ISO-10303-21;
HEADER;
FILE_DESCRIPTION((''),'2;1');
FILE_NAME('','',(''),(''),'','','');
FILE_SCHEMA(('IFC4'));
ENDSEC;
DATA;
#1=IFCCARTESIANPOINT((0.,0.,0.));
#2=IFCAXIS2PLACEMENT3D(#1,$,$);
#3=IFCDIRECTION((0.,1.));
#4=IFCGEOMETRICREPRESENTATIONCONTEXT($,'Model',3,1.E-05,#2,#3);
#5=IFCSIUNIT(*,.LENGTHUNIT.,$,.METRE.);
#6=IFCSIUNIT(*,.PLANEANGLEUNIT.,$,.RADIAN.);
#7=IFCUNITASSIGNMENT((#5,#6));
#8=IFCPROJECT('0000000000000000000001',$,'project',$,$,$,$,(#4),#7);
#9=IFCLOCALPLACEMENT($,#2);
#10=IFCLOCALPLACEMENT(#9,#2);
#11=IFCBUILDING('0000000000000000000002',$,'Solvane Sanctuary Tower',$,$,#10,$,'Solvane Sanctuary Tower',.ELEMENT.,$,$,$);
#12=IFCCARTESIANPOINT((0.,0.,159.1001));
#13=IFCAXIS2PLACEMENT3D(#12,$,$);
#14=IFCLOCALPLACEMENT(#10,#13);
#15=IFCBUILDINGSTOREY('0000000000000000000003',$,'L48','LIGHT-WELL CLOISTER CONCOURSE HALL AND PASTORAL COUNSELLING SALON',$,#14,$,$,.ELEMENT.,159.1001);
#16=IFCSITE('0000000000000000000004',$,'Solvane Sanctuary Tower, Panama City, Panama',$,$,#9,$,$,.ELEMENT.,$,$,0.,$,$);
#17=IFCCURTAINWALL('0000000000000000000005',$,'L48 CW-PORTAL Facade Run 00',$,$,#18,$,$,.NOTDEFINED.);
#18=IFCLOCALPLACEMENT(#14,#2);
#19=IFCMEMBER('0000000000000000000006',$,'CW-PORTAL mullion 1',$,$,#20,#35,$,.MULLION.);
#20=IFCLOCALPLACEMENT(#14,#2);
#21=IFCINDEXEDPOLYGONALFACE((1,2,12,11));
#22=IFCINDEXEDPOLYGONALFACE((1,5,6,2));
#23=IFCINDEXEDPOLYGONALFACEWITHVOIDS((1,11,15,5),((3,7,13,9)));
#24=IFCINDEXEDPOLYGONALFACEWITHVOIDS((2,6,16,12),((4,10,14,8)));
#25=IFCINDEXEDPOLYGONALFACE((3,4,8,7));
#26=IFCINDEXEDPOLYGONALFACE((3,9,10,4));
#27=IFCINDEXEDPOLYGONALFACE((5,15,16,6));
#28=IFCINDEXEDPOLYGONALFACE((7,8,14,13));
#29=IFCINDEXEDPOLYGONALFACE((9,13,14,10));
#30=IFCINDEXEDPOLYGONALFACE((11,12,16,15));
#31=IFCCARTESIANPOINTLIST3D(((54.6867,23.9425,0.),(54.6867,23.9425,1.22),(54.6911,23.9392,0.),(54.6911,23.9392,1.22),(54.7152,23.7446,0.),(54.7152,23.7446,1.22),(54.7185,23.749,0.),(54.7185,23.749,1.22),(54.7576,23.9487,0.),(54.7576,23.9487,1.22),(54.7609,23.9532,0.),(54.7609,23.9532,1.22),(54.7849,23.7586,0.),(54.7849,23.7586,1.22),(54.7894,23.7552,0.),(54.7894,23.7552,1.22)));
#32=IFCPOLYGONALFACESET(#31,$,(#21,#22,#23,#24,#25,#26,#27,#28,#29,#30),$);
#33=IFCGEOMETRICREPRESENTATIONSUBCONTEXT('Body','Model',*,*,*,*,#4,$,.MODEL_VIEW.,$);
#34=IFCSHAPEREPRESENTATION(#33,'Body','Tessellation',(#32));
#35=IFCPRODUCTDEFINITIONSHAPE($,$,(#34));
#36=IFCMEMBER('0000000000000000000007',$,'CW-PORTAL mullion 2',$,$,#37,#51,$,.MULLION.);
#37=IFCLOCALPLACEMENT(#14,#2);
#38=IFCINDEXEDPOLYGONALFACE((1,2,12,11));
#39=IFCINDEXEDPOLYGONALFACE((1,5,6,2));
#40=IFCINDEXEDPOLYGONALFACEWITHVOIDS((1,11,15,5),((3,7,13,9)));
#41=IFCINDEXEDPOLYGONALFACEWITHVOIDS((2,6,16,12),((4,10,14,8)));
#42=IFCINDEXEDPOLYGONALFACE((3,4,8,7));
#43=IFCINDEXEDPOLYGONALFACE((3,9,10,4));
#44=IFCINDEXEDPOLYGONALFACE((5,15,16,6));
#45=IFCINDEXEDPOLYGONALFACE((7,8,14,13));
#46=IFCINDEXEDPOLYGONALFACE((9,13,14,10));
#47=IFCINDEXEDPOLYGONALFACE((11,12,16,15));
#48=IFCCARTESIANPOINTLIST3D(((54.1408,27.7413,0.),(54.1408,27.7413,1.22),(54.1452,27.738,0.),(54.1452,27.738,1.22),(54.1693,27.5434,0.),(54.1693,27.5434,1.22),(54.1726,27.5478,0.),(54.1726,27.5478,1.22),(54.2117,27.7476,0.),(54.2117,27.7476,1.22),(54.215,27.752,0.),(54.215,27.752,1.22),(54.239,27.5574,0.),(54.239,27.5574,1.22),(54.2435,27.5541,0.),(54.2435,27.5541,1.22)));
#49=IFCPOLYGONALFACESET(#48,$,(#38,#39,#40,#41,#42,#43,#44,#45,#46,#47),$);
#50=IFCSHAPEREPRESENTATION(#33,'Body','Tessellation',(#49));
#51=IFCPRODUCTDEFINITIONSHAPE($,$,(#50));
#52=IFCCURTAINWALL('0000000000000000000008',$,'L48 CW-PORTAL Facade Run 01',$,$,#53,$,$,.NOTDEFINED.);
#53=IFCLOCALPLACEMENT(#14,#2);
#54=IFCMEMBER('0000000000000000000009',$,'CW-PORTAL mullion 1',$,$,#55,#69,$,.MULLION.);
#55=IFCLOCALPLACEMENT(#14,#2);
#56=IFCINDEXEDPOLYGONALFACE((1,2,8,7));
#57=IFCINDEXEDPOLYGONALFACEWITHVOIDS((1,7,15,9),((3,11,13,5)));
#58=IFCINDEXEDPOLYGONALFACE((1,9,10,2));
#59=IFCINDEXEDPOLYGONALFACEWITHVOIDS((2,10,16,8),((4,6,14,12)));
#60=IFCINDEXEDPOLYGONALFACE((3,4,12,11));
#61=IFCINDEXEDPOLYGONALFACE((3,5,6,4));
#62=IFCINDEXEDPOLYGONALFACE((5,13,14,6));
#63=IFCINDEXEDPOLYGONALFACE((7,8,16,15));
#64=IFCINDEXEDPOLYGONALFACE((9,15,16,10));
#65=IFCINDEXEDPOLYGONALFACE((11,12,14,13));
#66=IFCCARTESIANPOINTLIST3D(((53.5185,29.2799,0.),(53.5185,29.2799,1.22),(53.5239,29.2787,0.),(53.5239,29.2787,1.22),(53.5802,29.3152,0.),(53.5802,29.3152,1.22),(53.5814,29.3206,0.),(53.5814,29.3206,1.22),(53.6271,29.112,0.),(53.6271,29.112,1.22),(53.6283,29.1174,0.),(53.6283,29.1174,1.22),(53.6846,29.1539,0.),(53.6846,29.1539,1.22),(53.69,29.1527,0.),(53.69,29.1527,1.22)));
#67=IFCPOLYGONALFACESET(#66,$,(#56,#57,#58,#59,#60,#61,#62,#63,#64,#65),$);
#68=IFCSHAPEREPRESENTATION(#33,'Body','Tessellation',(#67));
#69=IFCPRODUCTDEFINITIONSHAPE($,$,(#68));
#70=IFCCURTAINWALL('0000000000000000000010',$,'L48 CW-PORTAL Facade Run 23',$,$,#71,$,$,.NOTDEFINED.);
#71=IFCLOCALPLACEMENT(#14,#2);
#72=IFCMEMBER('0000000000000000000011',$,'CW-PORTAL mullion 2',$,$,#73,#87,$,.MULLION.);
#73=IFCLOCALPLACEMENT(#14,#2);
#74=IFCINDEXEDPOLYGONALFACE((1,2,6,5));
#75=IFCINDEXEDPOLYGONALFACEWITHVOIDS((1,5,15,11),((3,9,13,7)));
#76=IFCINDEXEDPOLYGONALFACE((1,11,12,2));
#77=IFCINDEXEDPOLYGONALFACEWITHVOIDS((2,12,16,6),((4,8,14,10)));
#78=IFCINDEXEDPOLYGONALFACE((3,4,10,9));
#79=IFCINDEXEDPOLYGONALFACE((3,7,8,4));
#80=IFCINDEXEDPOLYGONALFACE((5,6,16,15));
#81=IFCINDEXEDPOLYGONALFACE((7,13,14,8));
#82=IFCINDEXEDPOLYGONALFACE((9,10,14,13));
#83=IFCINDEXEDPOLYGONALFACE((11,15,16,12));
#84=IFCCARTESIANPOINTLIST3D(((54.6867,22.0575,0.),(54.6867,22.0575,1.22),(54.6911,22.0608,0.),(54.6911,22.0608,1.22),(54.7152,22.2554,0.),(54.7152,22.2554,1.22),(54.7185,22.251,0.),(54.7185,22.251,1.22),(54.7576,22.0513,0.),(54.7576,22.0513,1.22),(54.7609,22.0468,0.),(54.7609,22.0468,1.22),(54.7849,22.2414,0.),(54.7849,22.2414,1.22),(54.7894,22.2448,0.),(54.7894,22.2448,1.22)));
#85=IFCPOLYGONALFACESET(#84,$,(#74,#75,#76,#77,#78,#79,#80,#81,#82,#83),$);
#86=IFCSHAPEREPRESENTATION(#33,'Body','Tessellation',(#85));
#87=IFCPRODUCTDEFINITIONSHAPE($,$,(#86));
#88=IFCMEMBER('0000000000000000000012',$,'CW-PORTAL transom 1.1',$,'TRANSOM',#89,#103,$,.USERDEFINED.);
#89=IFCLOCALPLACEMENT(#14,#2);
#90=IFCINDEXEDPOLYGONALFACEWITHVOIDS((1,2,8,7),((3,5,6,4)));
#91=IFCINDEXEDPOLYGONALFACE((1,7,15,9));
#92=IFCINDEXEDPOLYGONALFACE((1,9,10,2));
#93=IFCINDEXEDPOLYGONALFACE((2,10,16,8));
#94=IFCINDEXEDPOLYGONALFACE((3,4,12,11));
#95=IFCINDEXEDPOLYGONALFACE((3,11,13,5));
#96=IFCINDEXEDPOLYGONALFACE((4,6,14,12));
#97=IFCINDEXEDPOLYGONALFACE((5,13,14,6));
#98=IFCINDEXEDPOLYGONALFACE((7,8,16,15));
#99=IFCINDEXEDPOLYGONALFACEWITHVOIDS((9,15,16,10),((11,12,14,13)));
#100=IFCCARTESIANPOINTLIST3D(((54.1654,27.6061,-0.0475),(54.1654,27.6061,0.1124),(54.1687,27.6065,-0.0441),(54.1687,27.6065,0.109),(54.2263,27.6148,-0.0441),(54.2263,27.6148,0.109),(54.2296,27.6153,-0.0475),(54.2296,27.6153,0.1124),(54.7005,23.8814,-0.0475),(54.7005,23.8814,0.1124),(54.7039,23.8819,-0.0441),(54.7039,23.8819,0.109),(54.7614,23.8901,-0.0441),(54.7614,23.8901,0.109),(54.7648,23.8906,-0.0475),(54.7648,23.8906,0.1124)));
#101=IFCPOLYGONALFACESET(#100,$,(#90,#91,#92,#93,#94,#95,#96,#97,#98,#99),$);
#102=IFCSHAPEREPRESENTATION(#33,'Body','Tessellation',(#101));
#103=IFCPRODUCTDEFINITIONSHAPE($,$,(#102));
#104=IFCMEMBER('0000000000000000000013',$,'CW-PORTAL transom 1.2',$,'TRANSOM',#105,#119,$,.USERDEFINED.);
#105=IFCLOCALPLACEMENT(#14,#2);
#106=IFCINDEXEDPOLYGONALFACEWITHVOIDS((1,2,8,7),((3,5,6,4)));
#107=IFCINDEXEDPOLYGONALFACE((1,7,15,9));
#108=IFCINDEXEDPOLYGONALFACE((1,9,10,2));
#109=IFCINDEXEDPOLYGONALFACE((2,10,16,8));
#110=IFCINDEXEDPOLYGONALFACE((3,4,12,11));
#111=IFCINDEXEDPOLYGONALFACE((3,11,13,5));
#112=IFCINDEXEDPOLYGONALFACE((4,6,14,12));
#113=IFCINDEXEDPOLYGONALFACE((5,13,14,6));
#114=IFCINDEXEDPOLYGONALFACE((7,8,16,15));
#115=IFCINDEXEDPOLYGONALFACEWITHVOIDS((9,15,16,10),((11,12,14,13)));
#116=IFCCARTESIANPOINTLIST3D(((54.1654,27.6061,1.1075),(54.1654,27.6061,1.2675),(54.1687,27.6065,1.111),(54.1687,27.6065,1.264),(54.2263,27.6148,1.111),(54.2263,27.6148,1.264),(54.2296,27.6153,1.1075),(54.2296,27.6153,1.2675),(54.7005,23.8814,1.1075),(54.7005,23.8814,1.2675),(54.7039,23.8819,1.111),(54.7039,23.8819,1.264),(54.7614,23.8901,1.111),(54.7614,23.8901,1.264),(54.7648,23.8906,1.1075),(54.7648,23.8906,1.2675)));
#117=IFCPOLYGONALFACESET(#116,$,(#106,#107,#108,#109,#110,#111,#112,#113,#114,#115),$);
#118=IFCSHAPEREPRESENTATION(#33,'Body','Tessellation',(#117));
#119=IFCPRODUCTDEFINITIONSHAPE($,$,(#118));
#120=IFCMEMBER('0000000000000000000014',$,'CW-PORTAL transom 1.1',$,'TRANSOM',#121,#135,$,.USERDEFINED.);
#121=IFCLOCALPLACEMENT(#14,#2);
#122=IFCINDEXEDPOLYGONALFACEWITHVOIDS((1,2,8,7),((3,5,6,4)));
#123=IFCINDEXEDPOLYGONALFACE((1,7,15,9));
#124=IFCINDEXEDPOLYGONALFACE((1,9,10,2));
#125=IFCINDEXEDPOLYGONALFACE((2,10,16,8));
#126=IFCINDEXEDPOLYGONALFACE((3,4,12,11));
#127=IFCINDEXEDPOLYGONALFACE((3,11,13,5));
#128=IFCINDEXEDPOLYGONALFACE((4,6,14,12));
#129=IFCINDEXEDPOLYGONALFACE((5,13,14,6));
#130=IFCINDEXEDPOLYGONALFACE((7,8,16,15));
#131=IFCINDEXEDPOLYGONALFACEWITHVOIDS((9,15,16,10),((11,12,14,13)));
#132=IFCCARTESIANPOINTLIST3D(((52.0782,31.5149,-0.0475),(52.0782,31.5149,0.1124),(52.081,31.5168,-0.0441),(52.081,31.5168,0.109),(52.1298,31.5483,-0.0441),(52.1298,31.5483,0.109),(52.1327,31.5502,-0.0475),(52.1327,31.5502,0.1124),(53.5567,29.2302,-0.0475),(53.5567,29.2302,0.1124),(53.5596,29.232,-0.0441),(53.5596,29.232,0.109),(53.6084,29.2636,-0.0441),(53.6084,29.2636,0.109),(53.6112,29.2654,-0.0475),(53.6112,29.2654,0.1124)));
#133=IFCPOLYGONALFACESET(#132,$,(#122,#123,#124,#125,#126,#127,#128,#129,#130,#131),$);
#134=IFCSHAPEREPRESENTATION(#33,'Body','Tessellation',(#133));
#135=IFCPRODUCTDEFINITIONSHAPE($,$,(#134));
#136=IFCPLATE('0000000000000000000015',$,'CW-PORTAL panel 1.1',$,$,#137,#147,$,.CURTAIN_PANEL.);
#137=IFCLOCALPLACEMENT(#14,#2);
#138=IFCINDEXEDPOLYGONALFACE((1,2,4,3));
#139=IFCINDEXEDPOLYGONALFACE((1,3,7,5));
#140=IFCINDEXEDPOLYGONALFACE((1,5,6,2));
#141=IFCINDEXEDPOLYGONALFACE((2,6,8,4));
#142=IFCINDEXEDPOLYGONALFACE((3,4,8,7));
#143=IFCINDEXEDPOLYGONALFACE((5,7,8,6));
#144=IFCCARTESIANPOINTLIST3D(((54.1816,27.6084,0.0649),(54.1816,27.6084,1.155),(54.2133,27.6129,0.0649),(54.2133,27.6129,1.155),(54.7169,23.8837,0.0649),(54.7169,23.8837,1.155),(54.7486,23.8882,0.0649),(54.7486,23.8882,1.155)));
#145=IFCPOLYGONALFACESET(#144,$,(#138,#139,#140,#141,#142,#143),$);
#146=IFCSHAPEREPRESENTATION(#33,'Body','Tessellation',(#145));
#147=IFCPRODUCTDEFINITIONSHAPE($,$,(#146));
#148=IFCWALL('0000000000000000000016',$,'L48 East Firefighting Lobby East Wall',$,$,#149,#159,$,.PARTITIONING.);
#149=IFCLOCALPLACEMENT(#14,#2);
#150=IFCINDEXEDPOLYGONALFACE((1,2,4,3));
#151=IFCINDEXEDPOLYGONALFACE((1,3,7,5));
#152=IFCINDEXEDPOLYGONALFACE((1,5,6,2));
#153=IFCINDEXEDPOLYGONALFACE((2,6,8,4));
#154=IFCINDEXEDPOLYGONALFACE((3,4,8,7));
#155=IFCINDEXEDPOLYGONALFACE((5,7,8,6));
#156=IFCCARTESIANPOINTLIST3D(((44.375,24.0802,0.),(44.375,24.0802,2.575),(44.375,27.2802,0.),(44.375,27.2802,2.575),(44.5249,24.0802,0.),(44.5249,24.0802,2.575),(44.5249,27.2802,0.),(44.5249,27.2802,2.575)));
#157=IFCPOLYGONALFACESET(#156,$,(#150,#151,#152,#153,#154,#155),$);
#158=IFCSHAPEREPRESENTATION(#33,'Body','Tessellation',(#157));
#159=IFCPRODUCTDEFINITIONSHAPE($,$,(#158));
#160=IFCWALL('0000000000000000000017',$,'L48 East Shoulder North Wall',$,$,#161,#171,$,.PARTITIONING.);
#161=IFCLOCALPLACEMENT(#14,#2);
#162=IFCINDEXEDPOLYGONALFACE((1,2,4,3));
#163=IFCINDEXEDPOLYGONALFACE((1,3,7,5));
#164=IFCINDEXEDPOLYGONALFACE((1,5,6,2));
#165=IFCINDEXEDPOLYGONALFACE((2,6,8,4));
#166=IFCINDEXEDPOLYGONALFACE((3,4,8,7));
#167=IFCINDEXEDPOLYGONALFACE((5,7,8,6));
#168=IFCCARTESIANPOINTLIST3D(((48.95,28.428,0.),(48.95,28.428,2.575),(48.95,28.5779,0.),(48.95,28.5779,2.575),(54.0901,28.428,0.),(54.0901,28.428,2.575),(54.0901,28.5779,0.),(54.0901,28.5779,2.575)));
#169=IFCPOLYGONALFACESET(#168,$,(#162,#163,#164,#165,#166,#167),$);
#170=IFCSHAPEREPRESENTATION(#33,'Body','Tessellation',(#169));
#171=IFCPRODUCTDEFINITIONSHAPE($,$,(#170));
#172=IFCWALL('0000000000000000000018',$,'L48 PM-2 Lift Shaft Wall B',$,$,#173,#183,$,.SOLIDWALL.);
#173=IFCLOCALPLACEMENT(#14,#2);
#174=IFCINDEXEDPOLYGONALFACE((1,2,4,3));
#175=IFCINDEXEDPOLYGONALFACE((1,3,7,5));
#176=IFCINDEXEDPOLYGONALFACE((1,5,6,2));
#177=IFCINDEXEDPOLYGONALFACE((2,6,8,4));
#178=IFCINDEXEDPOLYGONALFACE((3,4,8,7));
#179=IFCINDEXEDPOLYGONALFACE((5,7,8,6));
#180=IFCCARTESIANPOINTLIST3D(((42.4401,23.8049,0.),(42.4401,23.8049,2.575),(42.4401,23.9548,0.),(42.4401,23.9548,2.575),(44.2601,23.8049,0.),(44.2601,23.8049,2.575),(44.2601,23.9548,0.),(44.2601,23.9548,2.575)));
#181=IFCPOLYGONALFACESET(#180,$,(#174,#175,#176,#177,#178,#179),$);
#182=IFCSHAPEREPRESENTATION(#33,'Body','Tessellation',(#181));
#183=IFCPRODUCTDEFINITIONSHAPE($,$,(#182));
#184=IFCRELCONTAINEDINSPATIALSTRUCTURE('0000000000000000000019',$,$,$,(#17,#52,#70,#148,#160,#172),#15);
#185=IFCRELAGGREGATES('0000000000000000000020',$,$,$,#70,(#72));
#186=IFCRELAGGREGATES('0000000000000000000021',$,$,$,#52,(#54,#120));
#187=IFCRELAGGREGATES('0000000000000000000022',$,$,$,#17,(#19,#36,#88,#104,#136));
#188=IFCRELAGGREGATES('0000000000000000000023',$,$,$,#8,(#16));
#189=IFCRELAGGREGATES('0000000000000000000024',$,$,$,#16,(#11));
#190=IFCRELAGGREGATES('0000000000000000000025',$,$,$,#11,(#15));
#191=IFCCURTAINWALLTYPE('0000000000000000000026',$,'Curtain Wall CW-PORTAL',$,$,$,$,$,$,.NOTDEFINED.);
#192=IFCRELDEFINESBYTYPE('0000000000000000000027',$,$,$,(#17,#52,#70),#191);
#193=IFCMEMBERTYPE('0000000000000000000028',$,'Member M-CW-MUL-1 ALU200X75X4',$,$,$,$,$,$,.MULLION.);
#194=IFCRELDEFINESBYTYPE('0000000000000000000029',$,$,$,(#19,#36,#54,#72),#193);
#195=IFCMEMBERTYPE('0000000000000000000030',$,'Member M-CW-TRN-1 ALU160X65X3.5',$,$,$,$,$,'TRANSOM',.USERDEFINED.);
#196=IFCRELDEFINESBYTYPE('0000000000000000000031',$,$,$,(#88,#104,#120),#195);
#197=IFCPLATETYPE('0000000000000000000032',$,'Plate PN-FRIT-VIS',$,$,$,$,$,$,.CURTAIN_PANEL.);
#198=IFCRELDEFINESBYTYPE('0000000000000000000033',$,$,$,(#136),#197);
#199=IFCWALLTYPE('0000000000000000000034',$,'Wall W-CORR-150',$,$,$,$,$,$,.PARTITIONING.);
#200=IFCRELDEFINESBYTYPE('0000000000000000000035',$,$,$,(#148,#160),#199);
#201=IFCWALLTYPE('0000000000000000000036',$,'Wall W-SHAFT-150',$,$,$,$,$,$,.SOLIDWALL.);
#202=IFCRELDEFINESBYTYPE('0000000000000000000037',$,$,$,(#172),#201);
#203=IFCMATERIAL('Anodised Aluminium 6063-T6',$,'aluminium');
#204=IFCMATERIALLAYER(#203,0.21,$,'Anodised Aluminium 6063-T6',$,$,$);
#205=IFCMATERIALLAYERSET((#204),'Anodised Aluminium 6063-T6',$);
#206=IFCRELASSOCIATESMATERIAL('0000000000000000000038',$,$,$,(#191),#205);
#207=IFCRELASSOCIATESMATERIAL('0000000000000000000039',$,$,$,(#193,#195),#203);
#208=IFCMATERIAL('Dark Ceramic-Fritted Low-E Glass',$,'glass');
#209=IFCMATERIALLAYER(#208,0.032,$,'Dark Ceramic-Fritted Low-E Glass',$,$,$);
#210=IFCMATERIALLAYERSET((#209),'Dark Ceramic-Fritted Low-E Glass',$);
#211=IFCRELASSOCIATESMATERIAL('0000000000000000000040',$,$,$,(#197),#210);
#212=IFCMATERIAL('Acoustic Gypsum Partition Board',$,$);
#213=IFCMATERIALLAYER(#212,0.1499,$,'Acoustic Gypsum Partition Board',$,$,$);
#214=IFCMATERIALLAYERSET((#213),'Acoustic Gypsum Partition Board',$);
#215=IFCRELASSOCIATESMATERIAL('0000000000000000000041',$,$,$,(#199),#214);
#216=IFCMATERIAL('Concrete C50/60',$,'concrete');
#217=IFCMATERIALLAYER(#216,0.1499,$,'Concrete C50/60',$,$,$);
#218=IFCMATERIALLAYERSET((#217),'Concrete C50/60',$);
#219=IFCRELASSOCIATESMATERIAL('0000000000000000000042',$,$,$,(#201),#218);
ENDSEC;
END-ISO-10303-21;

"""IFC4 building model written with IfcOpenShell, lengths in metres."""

from ifc_helpers import new_model, si_unit, direction, frame, frame_2d, origin, origin_2d, place, context, subcontext, project, spatial, rectangle, hollow_rectangle, extrude, material, layer, layer_set, material_profile, profile_set, type_object, element, aggregate, save


model = new_model("IFC4")

# Units and contexts
model_context = context("Model", 3, precision=1e-05, world=origin(), true_north=direction((0.0, 1.0)))
body_context = subcontext(model_context, "Body", "Model", "MODEL_VIEW")
ifc_project = project(units=[si_unit("LENGTHUNIT", "METRE"), si_unit("PLANEANGLEUNIT", "RADIAN")], contexts=[model_context])

# Site, building, storey
site_placement = place(None, origin())
site = spatial("IfcSite", under=ifc_project, at=site_placement, Name="Solvane Sanctuary Tower, Panama City, Panama", CompositionType="ELEMENT", RefElevation=0.0)
building_placement = place(site_placement, origin())
building = spatial("IfcBuilding", under=site, at=building_placement, Name="Solvane Sanctuary Tower", LongName="Solvane Sanctuary Tower", CompositionType="ELEMENT")
storey_placement = place(building_placement, frame((0.0, 0.0, 159.1001)))
storey = spatial("IfcBuildingStorey", under=building, at=storey_placement, Name="L48", Description="LIGHT-WELL CLOISTER CONCOURSE HALL AND PASTORAL COUNSELLING SALON", CompositionType="ELEMENT", Elevation=159.1001)

# Curtain wall, members
ifc_material_1 = material(Name="Anodised Aluminium 6063-T6", Category="aluminium")
ifc_layer_1 = layer(ifc_material_1, 0.21, Name="Anodised Aluminium 6063-T6")
ifc_layer_set_1 = layer_set([ifc_layer_1], Name="Anodised Aluminium 6063-T6")
curtain_wall_type = type_object("IfcCurtainWallType", Name="Curtain Wall CW-PORTAL", PredefinedType="NOTDEFINED", material=ifc_layer_set_1)
curtain_wall_1_placement = place(storey_placement, origin())
curtain_wall_1 = element("IfcCurtainWall", 1, at=curtain_wall_1_placement, inside=storey, type_object=curtain_wall_type, Name="L48 CW-PORTAL Facade Run 00", PredefinedType="NOTDEFINED")
ifc_material_profile_1 = material_profile(ifc_material_1, hollow_rectangle(XDim=0.075, YDim=0.2, WallThickness=0.0039, at=origin_2d()), Name="ALU200X75X4")
ifc_profile_set_1 = profile_set([ifc_material_profile_1], Name="Anodised Aluminium 6063-T6")
member_type_1 = type_object("IfcMemberType", Name="Member M-CW-MUL-1 ALU200X75X4", PredefinedType="MULLION", material=ifc_profile_set_1)
member_1_placement = place(storey_placement, frame((54.738, 23.8489, 0.0), z_axis=(0.0, 0.0, 1.0), x_axis=(-0.989831, -0.142248, 0.0)))
member_1 = element("IfcMember", 2, at=member_1_placement, type_object=member_type_1, Name="CW-PORTAL mullion 1", PredefinedType="MULLION", context=body_context, shape_type="SweptSolid", body=[
    extrude(hollow_rectangle(XDim=0.075, YDim=0.2, WallThickness=0.0039, at=origin_2d()), origin(), (0.0, 0.0, 1.0), 1.22),
])
member_2_placement = place(storey_placement, frame((54.1921, 27.6477, 0.0), z_axis=(0.0, 0.0, 1.0), x_axis=(-0.989831, -0.142248, 0.0)))
member_2 = element("IfcMember", 3, at=member_2_placement, type_object=member_type_1, Name="CW-PORTAL mullion 2", PredefinedType="MULLION", context=body_context, shape_type="SweptSolid", body=[
    extrude(hollow_rectangle(XDim=0.075, YDim=0.2, WallThickness=0.0039, at=origin_2d()), origin(), (0.0, 0.0, 1.0), 1.22),
])

# Curtain walls, members
curtain_wall_2_placement = place(storey_placement, origin())
curtain_wall_2 = element("IfcCurtainWall", 4, at=curtain_wall_2_placement, inside=storey, type_object=curtain_wall_type, Name="L48 CW-PORTAL Facade Run 01", PredefinedType="NOTDEFINED")
member_3_placement = place(storey_placement, frame((53.6042, 29.2163, 0.0), z_axis=(0.0, 0.0, 1.0), x_axis=(-0.839512, -0.543341, 0.0)))
member_3 = element("IfcMember", 5, at=member_3_placement, type_object=member_type_1, Name="CW-PORTAL mullion 1", PredefinedType="MULLION", context=body_context, shape_type="SweptSolid", body=[
    extrude(hollow_rectangle(XDim=0.075, YDim=0.2, WallThickness=0.0039, at=origin_2d()), origin(), (0.0, 0.0, 1.0), 1.22),
])
curtain_wall_3_placement = place(storey_placement, origin())
curtain_wall_3 = element("IfcCurtainWall", 6, at=curtain_wall_3_placement, inside=storey, type_object=curtain_wall_type, Name="L48 CW-PORTAL Facade Run 23", PredefinedType="NOTDEFINED")
member_4_placement = place(storey_placement, frame((54.738, 22.1511, 0.0), z_axis=(0.0, 0.0, 1.0), x_axis=(-0.989831, 0.142248, 0.0)))
member_4 = element("IfcMember", 7, at=member_4_placement, type_object=member_type_1, Name="CW-PORTAL mullion 2", PredefinedType="MULLION", context=body_context, shape_type="SweptSolid", body=[
    extrude(hollow_rectangle(XDim=0.075, YDim=0.2, WallThickness=0.0039, at=origin_2d()), origin(), (0.0, 0.0, 1.0), 1.22),
])
aggregate(curtain_wall_3, [member_4])

# Members
ifc_material_profile_2 = material_profile(ifc_material_1, hollow_rectangle(XDim=0.0649, YDim=0.1599, WallThickness=0.0034, at=origin_2d()), Name="ALU160X65X3.5")
ifc_profile_set_2 = profile_set([ifc_material_profile_2], Name="Anodised Aluminium 6063-T6")
member_type_2 = type_object("IfcMemberType", Name="Member M-CW-TRN-1 ALU160X65X3.5", ElementType="TRANSOM", PredefinedType="USERDEFINED", material=ifc_profile_set_2)
member_5_placement = place(storey_placement, frame((54.7327, 23.886, 0.0325), z_axis=(-0.142221, 0.989835, 0.0), x_axis=(-0.989835, -0.142221, 0.0)))
member_5 = element("IfcMember", 8, at=member_5_placement, type_object=member_type_2, Name="CW-PORTAL transom 1.1", ObjectType="TRANSOM", PredefinedType="USERDEFINED", context=body_context, shape_type="SweptSolid", body=[
    extrude(hollow_rectangle(XDim=0.0649, YDim=0.1599, WallThickness=0.0034, at=origin_2d()), origin(), (0.0, 0.0, 1.0), 3.7629),
])
member_6_placement = place(storey_placement, frame((54.7327, 23.886, 1.1875), z_axis=(-0.142221, 0.989835, 0.0), x_axis=(-0.989835, -0.142221, 0.0)))
member_6 = element("IfcMember", 9, at=member_6_placement, type_object=member_type_2, Name="CW-PORTAL transom 1.2", ObjectType="TRANSOM", PredefinedType="USERDEFINED", context=body_context, shape_type="SweptSolid", body=[
    extrude(hollow_rectangle(XDim=0.0649, YDim=0.1599, WallThickness=0.0034, at=origin_2d()), origin(), (0.0, 0.0, 1.0), 3.7629),
])
member_7_placement = place(storey_placement, frame((53.584, 29.2478, 0.0325), z_axis=(-0.543303, 0.839536, 0.0), x_axis=(-0.839536, -0.543303, 0.0)))
member_7 = element("IfcMember", 10, at=member_7_placement, type_object=member_type_2, Name="CW-PORTAL transom 1.1", ObjectType="TRANSOM", PredefinedType="USERDEFINED", context=body_context, shape_type="SweptSolid", body=[
    extrude(hollow_rectangle(XDim=0.0649, YDim=0.1599, WallThickness=0.0034, at=origin_2d()), origin(), (0.0, 0.0, 1.0), 2.7214),
])
aggregate(curtain_wall_2, [member_3, member_7])

# Plate
ifc_material_2 = material(Name="Dark Ceramic-Fritted Low-E Glass", Category="glass")
ifc_layer_2 = layer(ifc_material_2, 0.032, Name="Dark Ceramic-Fritted Low-E Glass")
ifc_layer_set_2 = layer_set([ifc_layer_2], Name="Dark Ceramic-Fritted Low-E Glass")
plate_type = type_object("IfcPlateType", Name="Plate PN-FRIT-VIS", PredefinedType="CURTAIN_PANEL", material=ifc_layer_set_2)
plate_placement = place(storey_placement, frame((54.4651, 25.7483, 0.0649), z_axis=(0.0, 0.0, 1.0), x_axis=(-0.142248, 0.989831, 0.0)))
plate = element("IfcPlate", 11, at=plate_placement, type_object=plate_type, Name="CW-PORTAL panel 1.1", PredefinedType="CURTAIN_PANEL", context=body_context, shape_type="SweptSolid", body=[
    extrude(rectangle(XDim=3.7629, YDim=0.032, at=origin_2d()), origin(), (0.0, 0.0, 1.0), 1.0901),
])
aggregate(curtain_wall_1, [member_1, member_2, member_5, member_6, plate])

# Walls
ifc_material_3 = material(Name="Acoustic Gypsum Partition Board")
ifc_layer_3 = layer(ifc_material_3, 0.1499, Name="Acoustic Gypsum Partition Board")
ifc_layer_set_3 = layer_set([ifc_layer_3], Name="Acoustic Gypsum Partition Board")
wall_type_1 = type_object("IfcWallType", Name="Wall W-CORR-150", PredefinedType="PARTITIONING", material=ifc_layer_set_3)
wall_1_placement = place(storey_placement, frame((44.45, 24.0801, 0.0), z_axis=(0.0, 0.0, 1.0), x_axis=(0.0, 1.0, 0.0)))
element("IfcWall", 12, at=wall_1_placement, inside=storey, type_object=wall_type_1, Name="L48 East Firefighting Lobby East Wall", PredefinedType="PARTITIONING", context=body_context, shape_type="SweptSolid", body=[
    extrude(rectangle(XDim=3.2, YDim=0.1499, at=frame_2d((1.6001, 0.0))), origin(), (0.0, 0.0, 1.0), 2.575),
])
wall_2_placement = place(storey_placement, frame((48.95, 28.5029, 0.0), z_axis=(0.0, 0.0, 1.0), x_axis=(1.0, 0.0, 0.0)))
element("IfcWall", 13, at=wall_2_placement, inside=storey, type_object=wall_type_1, Name="L48 East Shoulder North Wall", PredefinedType="PARTITIONING", context=body_context, shape_type="SweptSolid", body=[
    extrude(rectangle(XDim=5.1401, YDim=0.1499, at=frame_2d((2.5701, 0.0))), origin(), (0.0, 0.0, 1.0), 2.575),
])
ifc_material_4 = material(Name="Concrete C50/60", Category="concrete")
ifc_layer_4 = layer(ifc_material_4, 0.1499, Name="Concrete C50/60")
ifc_layer_set_4 = layer_set([ifc_layer_4], Name="Concrete C50/60")
wall_type_2 = type_object("IfcWallType", Name="Wall W-SHAFT-150", PredefinedType="SOLIDWALL", material=ifc_layer_set_4)
wall_3_placement = place(storey_placement, frame((42.4399, 23.8799, 0.0), z_axis=(0.0, 0.0, 1.0), x_axis=(1.0, 0.0, 0.0)))
element("IfcWall", 14, at=wall_3_placement, inside=storey, type_object=wall_type_2, Name="L48 PM-2 Lift Shaft Wall B", PredefinedType="SOLIDWALL", context=body_context, shape_type="SweptSolid", body=[
    extrude(rectangle(XDim=1.8201, YDim=0.1499, at=frame_2d((0.9102, 0.0))), origin(), (0.0, 0.0, 1.0), 2.575),
])

save(model, "model.ifc")
